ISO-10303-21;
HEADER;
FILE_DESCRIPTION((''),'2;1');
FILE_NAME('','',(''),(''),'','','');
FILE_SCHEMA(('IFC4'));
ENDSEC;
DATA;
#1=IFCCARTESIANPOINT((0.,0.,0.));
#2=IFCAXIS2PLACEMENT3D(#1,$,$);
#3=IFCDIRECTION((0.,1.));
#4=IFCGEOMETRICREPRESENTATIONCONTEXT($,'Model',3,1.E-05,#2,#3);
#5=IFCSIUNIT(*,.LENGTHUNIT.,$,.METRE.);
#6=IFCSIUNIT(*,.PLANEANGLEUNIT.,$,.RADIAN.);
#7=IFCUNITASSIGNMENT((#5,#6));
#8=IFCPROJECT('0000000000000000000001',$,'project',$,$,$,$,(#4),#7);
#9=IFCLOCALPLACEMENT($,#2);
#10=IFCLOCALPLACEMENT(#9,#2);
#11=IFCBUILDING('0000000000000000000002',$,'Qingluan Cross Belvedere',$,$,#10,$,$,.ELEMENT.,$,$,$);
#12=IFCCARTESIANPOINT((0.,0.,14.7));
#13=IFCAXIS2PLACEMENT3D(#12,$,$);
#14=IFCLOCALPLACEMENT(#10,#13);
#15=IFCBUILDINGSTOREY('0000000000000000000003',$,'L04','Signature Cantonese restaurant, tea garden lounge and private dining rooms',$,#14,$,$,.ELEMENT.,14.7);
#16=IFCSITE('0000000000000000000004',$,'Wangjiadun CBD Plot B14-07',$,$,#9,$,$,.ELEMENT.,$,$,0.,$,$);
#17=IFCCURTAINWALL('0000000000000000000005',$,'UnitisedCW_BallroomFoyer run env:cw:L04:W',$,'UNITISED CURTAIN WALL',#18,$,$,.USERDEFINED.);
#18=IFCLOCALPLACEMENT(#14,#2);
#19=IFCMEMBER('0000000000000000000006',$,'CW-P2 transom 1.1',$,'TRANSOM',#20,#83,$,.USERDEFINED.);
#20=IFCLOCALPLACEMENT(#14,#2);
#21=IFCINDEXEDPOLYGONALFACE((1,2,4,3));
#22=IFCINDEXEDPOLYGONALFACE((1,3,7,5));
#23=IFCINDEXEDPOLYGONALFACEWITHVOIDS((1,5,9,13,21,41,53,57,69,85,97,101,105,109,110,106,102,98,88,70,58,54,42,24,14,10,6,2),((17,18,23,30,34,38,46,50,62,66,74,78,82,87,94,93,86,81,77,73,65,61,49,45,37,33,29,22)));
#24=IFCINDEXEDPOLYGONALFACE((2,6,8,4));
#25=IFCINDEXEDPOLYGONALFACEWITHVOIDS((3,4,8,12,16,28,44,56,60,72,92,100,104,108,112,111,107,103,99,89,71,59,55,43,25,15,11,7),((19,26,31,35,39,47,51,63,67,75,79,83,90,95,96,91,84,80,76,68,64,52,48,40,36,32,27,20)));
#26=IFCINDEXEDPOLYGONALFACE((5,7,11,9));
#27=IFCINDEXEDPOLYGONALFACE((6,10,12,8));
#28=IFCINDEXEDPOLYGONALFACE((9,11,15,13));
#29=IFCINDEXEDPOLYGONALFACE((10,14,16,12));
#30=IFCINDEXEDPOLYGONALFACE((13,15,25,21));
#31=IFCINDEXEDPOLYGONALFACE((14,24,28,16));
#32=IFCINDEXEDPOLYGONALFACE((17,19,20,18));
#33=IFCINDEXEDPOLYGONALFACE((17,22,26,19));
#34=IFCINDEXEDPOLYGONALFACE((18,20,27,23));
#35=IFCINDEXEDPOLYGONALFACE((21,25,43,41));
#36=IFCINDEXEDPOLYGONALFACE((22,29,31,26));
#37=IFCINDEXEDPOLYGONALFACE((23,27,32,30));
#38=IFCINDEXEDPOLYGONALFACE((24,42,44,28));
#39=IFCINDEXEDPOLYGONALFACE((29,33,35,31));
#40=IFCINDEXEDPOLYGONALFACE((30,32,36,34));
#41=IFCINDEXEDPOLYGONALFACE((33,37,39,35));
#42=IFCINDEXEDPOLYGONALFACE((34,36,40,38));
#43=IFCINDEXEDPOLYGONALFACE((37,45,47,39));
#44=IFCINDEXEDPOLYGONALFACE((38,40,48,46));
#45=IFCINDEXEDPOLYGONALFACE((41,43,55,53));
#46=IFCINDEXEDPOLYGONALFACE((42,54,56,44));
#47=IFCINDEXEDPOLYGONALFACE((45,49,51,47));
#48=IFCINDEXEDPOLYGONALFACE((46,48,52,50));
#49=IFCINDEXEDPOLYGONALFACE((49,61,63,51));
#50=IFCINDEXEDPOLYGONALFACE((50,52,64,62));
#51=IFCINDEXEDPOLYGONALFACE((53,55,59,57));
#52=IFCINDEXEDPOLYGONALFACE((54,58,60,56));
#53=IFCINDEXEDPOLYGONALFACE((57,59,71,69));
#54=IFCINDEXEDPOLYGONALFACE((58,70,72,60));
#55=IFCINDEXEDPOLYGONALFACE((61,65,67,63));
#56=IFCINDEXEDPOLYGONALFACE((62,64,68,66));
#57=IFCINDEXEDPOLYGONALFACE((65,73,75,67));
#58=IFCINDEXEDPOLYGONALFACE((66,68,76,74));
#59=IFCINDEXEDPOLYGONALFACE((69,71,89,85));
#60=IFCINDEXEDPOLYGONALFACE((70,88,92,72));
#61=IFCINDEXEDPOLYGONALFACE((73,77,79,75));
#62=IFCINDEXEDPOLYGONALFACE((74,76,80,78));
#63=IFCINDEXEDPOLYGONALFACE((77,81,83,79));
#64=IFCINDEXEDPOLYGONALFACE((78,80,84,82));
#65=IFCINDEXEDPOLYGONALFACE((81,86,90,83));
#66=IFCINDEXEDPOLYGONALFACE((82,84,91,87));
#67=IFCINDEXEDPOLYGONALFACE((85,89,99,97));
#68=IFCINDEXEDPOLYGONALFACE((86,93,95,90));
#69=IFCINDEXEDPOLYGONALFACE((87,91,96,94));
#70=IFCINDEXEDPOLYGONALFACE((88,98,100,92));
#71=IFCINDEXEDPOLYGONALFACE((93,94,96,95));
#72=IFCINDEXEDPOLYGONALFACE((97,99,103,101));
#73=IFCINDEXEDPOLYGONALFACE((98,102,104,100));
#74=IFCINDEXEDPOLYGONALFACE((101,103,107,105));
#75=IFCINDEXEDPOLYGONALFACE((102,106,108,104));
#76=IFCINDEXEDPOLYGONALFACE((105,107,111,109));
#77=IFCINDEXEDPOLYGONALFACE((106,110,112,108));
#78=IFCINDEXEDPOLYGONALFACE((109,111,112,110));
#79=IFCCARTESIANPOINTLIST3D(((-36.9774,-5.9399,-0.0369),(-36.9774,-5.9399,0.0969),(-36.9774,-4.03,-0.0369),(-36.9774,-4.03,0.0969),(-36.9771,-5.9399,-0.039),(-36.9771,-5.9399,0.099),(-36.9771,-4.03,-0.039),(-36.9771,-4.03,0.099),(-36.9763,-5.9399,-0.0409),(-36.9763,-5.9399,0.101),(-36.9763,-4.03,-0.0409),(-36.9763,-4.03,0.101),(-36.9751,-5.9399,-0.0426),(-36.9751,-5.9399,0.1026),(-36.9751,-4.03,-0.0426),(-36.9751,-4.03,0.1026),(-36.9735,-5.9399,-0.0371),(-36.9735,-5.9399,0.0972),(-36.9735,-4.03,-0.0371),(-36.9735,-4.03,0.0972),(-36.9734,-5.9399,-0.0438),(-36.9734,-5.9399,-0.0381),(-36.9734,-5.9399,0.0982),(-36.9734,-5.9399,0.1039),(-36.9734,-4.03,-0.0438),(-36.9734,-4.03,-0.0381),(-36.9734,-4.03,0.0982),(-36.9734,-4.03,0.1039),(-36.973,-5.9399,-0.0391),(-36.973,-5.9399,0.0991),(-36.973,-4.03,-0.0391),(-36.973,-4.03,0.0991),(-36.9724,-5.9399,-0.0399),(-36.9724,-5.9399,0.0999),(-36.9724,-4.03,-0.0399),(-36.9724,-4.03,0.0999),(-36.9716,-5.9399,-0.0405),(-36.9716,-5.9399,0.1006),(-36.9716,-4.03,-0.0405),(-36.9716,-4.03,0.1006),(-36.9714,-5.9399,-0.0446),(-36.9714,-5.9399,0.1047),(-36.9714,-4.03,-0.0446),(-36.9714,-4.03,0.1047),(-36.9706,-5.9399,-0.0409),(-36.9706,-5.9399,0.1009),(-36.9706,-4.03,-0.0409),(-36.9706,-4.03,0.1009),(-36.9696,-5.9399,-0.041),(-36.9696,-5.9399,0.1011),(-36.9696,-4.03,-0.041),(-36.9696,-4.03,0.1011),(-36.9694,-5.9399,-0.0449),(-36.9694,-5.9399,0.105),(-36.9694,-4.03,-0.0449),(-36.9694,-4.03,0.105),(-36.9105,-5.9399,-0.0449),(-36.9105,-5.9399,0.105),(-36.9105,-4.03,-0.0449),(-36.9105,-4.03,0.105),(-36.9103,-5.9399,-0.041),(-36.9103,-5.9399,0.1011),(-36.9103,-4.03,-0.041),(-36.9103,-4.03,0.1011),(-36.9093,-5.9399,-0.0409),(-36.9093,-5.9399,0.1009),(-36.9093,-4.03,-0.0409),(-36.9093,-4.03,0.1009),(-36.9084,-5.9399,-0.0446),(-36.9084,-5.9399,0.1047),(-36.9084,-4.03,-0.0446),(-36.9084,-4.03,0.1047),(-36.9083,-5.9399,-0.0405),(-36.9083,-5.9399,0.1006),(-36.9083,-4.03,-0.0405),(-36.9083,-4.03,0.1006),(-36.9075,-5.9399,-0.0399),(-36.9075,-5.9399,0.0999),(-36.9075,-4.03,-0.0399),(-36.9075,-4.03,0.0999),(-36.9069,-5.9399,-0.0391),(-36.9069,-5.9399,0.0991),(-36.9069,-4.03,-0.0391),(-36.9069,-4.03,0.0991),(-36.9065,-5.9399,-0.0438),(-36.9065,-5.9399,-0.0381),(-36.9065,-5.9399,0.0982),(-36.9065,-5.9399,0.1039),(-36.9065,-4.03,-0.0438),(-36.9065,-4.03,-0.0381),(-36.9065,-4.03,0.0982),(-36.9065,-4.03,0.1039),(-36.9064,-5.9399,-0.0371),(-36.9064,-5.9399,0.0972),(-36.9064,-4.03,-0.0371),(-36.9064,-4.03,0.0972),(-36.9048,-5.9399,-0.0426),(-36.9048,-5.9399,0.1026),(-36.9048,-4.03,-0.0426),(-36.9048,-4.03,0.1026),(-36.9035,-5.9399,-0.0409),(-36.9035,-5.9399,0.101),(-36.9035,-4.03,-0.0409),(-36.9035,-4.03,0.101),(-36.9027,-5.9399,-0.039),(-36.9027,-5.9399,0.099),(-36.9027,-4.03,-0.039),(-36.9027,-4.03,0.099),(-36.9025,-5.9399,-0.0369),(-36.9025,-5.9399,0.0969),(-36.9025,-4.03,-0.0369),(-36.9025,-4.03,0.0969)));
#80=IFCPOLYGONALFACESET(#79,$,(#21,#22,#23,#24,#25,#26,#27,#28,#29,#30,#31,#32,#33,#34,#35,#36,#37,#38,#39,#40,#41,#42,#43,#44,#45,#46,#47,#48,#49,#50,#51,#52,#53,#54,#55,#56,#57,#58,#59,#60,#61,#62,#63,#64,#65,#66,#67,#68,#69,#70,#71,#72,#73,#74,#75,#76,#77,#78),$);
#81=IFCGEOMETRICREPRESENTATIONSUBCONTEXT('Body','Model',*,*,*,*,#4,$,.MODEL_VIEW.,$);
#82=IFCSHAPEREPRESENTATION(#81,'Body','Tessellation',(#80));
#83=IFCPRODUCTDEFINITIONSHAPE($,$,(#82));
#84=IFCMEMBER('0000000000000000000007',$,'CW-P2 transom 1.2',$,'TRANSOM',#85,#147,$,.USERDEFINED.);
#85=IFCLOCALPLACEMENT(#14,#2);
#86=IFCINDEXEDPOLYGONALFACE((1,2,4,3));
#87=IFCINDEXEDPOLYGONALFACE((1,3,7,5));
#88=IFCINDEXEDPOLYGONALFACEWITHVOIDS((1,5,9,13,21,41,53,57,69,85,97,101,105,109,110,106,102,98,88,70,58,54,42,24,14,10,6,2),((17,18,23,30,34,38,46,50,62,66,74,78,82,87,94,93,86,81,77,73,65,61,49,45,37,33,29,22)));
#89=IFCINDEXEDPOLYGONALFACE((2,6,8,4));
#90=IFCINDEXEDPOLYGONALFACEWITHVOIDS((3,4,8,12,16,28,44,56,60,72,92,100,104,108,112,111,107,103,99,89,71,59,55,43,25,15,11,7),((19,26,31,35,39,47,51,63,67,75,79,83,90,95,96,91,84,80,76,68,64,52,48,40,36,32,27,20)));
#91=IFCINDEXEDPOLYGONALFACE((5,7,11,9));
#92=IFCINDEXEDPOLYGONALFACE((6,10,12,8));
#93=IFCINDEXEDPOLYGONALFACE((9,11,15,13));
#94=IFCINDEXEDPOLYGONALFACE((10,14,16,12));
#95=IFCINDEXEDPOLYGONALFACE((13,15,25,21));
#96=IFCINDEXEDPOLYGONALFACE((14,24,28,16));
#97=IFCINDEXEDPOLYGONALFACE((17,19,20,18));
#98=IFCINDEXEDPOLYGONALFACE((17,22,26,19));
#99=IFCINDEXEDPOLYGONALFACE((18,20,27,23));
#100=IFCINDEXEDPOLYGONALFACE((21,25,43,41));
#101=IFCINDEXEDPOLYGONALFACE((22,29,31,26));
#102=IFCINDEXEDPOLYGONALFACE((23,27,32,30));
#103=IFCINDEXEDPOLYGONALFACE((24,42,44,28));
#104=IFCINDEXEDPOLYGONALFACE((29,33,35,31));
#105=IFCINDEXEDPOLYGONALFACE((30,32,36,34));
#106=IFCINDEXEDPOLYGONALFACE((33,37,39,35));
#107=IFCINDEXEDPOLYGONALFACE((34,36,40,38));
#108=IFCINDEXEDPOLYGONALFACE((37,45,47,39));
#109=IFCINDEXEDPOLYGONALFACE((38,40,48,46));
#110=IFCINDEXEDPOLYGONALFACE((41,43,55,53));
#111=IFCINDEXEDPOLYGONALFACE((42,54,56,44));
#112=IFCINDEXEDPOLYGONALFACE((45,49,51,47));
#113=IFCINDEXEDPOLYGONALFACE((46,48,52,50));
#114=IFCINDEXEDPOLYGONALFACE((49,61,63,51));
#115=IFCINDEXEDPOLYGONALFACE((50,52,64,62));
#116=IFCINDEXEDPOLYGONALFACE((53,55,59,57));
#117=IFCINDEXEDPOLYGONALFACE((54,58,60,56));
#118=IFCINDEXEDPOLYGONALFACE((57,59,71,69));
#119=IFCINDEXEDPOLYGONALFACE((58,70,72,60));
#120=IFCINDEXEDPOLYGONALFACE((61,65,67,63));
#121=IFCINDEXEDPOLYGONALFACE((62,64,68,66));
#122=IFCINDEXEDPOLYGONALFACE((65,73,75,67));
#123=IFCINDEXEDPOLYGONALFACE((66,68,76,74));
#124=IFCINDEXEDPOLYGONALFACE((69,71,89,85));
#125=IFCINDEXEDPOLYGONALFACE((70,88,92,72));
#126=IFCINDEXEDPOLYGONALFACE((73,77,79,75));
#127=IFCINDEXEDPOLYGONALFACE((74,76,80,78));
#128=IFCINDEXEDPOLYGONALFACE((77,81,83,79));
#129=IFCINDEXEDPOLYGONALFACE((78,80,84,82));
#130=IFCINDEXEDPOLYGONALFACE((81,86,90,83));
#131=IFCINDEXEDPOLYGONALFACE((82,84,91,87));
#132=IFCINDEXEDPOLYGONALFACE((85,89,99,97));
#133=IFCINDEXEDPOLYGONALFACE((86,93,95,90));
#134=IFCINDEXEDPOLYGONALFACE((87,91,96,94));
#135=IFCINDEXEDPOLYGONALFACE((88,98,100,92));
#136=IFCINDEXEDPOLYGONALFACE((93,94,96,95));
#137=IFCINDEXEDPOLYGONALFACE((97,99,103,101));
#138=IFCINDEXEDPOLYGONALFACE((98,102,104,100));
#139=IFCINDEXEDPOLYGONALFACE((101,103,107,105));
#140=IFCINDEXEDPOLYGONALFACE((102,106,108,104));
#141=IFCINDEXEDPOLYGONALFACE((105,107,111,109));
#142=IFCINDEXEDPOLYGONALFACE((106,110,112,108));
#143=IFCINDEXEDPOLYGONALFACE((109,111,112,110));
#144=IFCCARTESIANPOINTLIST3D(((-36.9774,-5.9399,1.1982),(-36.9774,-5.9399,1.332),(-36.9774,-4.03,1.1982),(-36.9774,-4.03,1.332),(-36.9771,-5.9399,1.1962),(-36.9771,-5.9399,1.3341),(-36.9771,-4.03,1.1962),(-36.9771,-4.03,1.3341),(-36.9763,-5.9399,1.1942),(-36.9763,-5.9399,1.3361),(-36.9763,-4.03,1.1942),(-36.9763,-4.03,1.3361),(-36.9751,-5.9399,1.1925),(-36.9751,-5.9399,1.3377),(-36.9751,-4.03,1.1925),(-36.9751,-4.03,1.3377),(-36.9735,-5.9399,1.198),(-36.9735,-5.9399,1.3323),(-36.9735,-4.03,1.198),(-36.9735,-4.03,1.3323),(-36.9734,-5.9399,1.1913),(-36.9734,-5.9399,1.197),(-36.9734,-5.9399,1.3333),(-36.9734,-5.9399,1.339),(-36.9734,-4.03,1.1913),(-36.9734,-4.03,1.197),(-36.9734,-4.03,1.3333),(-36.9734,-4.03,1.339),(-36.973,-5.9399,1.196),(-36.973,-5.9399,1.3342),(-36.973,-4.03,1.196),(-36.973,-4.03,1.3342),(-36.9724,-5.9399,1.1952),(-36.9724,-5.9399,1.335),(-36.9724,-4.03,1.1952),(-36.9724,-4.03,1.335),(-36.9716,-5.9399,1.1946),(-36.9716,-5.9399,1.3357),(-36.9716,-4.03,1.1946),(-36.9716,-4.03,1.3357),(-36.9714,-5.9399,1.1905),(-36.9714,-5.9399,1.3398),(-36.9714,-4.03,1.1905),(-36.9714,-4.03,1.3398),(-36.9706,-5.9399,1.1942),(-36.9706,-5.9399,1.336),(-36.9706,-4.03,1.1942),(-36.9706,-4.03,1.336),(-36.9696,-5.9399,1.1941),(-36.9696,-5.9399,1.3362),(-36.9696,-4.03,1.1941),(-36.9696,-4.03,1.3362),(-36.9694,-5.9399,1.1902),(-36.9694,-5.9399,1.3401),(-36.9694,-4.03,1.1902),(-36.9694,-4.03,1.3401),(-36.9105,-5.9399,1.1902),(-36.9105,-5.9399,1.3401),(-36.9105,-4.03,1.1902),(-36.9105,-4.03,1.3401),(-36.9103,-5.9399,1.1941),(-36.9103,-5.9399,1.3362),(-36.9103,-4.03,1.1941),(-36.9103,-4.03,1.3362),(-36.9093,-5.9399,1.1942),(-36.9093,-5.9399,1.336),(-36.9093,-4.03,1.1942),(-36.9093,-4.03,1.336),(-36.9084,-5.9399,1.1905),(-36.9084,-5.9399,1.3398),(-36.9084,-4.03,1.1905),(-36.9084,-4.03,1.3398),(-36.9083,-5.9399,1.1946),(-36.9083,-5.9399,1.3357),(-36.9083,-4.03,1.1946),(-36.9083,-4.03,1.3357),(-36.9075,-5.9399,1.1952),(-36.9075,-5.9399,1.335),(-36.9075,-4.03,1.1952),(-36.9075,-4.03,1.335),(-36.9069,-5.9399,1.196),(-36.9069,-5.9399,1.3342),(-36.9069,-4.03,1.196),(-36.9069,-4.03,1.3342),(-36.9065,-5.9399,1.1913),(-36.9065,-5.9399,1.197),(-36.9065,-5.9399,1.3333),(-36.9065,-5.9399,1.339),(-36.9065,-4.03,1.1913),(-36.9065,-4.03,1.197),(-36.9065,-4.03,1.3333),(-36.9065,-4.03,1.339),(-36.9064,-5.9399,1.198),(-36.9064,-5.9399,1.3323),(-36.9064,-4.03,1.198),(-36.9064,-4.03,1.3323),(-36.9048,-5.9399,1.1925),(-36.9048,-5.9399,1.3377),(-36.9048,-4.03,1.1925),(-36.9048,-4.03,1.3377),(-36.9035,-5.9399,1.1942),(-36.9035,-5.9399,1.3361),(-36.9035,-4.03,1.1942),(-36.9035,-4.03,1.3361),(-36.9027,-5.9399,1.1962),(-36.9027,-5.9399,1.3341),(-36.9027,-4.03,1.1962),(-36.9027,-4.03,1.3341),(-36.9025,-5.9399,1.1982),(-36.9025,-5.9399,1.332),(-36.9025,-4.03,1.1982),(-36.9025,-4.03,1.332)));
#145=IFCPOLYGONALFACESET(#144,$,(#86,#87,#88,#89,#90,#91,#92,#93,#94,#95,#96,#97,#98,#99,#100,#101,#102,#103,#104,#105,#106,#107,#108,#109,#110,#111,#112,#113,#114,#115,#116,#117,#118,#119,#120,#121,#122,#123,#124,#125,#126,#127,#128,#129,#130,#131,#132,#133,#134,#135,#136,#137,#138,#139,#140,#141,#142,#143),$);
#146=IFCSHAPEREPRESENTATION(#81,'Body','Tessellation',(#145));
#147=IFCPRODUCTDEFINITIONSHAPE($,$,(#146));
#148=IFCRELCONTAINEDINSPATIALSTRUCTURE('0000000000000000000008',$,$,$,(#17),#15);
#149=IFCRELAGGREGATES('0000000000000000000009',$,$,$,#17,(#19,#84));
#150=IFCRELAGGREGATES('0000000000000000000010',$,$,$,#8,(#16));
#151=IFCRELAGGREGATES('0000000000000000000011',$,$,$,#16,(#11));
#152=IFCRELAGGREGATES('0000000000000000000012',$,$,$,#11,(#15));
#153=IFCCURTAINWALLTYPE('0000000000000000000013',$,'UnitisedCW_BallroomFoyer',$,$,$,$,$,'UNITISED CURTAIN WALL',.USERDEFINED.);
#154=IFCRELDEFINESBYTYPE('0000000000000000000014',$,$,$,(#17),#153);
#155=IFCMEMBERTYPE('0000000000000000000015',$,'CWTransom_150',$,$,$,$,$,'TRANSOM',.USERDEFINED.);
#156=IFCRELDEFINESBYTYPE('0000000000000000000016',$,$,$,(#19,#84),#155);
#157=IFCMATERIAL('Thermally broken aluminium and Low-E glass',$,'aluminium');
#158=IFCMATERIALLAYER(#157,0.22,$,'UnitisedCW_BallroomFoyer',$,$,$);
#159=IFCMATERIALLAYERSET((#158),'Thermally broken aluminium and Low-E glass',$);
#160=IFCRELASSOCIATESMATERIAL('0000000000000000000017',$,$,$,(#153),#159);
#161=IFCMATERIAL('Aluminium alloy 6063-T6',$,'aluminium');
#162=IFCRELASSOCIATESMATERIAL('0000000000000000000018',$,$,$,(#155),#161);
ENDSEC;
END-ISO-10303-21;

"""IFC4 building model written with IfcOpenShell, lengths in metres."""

from ifc_helpers import new_model, si_unit, direction, frame, origin, origin_2d, place, context, subcontext, project, spatial, hollow_rectangle, extrude, material, layer, layer_set, material_profile, profile_set, type_object, element, aggregate, save


model = new_model("IFC4")

# Units and contexts
model_context = context("Model", 3, precision=1e-05, world=origin(), true_north=direction((0.0, 1.0)))
body_context = subcontext(model_context, "Body", "Model", "MODEL_VIEW")
ifc_project = project(units=[si_unit("LENGTHUNIT", "METRE"), si_unit("PLANEANGLEUNIT", "RADIAN")], contexts=[model_context])

# Site, building, storey
site_placement = place(None, origin())
site = spatial("IfcSite", under=ifc_project, at=site_placement, Name="Wangjiadun CBD Plot B14-07", CompositionType="ELEMENT", RefElevation=0.0)
building_placement = place(site_placement, origin())
building = spatial("IfcBuilding", under=site, at=building_placement, Name="Qingluan Cross Belvedere", CompositionType="ELEMENT")
storey_placement = place(building_placement, frame((0.0, 0.0, 14.7)))
storey = spatial("IfcBuildingStorey", under=building, at=storey_placement, Name="L04", Description="Signature Cantonese restaurant, tea garden lounge and private dining rooms", CompositionType="ELEMENT", Elevation=14.7)

# Curtain wall, members
ifc_material_1 = material(Name="Thermally broken aluminium and Low-E glass", Category="aluminium")
ifc_layer_1 = layer(ifc_material_1, 0.22, Name="UnitisedCW_BallroomFoyer")
ifc_layer_set_1 = layer_set([ifc_layer_1], Name="Thermally broken aluminium and Low-E glass")
curtain_wall_type = type_object("IfcCurtainWallType", Name="UnitisedCW_BallroomFoyer", ElementType="UNITISED CURTAIN WALL", PredefinedType="USERDEFINED", material=ifc_layer_set_1)
curtain_wall_placement = place(storey_placement, origin())
curtain_wall = element("IfcCurtainWall", 1, at=curtain_wall_placement, inside=storey, type_object=curtain_wall_type, Name="UnitisedCW_BallroomFoyer run env:cw:L04:W", ObjectType="UNITISED CURTAIN WALL", PredefinedType="USERDEFINED")
ifc_material_2 = material(Name="Aluminium alloy 6063-T6", Category="aluminium")
ifc_material_profile_1 = material_profile(ifc_material_2, hollow_rectangle(XDim=0.075, YDim=0.1499, WallThickness=0.0039, InnerFilletRadius=0.0039, OuterFilletRadius=0.0081, at=origin_2d()), Name="CWT150x75x4")
ifc_profile_set_1 = profile_set([ifc_material_profile_1], Name="Aluminium alloy 6063-T6")
member_type_1 = type_object("IfcMemberType", Name="CWTransom_150", ElementType="TRANSOM", PredefinedType="USERDEFINED", material=ifc_profile_set_1)
member_1_placement = place(storey_placement, frame((-36.9399, -5.9399, 0.03), z_axis=(0.0, 1.0, 0.0), x_axis=(-1.0, 0.0, 0.0)))
member_1 = element("IfcMember", 2, at=member_1_placement, type_object=member_type_1, Name="CW-P2 transom 1.1", ObjectType="TRANSOM", PredefinedType="USERDEFINED", context=body_context, shape_type="SweptSolid", body=[
    extrude(hollow_rectangle(XDim=0.075, YDim=0.1499, WallThickness=0.0039, InnerFilletRadius=0.0039, OuterFilletRadius=0.0081, at=origin_2d()), origin(), (0.0, 0.0, 1.0), 1.9099),
])
member_2_placement = place(storey_placement, frame((-36.9399, -5.9399, 1.2651), z_axis=(0.0, 1.0, 0.0), x_axis=(-1.0, 0.0, 0.0)))
member_2 = element("IfcMember", 3, at=member_2_placement, type_object=member_type_1, Name="CW-P2 transom 1.2", ObjectType="TRANSOM", PredefinedType="USERDEFINED", context=body_context, shape_type="SweptSolid", body=[
    extrude(hollow_rectangle(XDim=0.075, YDim=0.1499, WallThickness=0.0039, InnerFilletRadius=0.0039, OuterFilletRadius=0.0081, at=origin_2d()), origin(), (0.0, 0.0, 1.0), 1.9099),
])

aggregate(curtain_wall, [member_1, member_2])

save(model, "model.ifc")
